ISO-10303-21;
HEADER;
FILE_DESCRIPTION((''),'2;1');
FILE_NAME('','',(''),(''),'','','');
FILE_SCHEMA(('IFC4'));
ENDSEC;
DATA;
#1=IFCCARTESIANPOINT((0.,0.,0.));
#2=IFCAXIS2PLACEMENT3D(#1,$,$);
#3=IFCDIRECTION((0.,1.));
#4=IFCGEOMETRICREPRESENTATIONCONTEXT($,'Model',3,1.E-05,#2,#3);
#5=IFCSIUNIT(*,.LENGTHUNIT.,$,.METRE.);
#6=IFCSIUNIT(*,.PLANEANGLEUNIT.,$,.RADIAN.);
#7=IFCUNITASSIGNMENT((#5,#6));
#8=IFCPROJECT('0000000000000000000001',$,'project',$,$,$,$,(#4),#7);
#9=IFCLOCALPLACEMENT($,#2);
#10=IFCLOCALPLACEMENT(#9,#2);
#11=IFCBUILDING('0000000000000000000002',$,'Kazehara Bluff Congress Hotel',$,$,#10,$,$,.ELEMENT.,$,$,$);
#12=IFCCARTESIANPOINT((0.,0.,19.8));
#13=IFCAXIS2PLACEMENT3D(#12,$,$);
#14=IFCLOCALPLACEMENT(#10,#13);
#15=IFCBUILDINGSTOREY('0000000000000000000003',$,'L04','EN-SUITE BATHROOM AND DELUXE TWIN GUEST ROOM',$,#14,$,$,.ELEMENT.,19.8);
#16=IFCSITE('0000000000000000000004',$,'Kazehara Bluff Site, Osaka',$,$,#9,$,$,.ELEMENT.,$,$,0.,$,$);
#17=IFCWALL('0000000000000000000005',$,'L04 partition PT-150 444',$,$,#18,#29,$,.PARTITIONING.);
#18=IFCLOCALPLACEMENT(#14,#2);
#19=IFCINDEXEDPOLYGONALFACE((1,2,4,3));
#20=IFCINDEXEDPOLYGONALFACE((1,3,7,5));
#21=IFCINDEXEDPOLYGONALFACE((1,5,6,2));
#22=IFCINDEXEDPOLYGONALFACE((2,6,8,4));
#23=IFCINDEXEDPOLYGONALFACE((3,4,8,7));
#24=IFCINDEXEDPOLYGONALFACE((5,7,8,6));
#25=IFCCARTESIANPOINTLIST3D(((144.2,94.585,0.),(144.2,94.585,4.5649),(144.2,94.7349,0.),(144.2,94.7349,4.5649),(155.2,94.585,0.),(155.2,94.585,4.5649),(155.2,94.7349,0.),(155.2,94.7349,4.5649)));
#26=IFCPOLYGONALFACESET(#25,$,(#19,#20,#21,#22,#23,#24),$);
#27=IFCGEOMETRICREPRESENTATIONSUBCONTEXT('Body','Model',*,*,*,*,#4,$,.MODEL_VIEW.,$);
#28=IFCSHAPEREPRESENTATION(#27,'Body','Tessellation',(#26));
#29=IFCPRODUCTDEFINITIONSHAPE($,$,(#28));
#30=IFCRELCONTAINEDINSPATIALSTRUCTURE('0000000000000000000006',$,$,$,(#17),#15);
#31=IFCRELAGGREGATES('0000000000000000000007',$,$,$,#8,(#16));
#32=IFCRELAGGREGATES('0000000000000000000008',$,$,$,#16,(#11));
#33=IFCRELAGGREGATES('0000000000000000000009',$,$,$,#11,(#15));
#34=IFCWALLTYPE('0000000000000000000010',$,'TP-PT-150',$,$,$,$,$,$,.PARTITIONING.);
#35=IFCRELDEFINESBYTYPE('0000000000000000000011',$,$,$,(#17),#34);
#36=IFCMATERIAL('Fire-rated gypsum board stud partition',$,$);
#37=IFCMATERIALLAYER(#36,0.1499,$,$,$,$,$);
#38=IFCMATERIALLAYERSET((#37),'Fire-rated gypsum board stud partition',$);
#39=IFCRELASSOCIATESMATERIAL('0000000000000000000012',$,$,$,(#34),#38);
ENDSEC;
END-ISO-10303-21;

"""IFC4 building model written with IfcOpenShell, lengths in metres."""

from ifc_helpers import new_model, si_unit, direction, frame, frame_2d, origin, place, context, subcontext, project, spatial, rectangle, extrude, material, layer, layer_set, type_object, element, save


model = new_model("IFC4")

# Units and contexts
model_context = context("Model", 3, precision=1e-05, world=origin(), true_north=direction((0.0, 1.0)))
body_context = subcontext(model_context, "Body", "Model", "MODEL_VIEW")
ifc_project = project(units=[si_unit("LENGTHUNIT", "METRE"), si_unit("PLANEANGLEUNIT", "RADIAN")], contexts=[model_context])

# Site, building, storey
site_placement = place(None, origin())
site = spatial("IfcSite", under=ifc_project, at=site_placement, Name="Kazehara Bluff Site, Osaka", CompositionType="ELEMENT", RefElevation=0.0)
building_placement = place(site_placement, origin())
building = spatial("IfcBuilding", under=site, at=building_placement, Name="Kazehara Bluff Congress Hotel", CompositionType="ELEMENT")
storey_placement = place(building_placement, frame((0.0, 0.0, 19.8)))
storey = spatial("IfcBuildingStorey", under=building, at=storey_placement, Name="L04", Description="EN-SUITE BATHROOM AND DELUXE TWIN GUEST ROOM", CompositionType="ELEMENT", Elevation=19.8)

# Wall
ifc_material_1 = material(Name="Fire-rated gypsum board stud partition")
ifc_layer_1 = layer(ifc_material_1, 0.1499)
ifc_layer_set_1 = layer_set([ifc_layer_1], Name="Fire-rated gypsum board stud partition")
wall_type_1 = type_object("IfcWallType", Name="TP-PT-150", PredefinedType="PARTITIONING", material=ifc_layer_set_1)
for number, where, z_axis, x_axis, name in (
    (1, (144.2, 94.6599, 0.0), (0.0, 0.0, 1.0), (1.0, 0.0, 0.0), "L04 partition PT-150 444"),
):
    element("IfcWall", number, at=place(storey_placement, frame(where, z_axis=z_axis, x_axis=x_axis)), inside=storey, type_object=wall_type_1, Name=name, PredefinedType="PARTITIONING", context=body_context, shape_type="SweptSolid", body=[
        extrude(rectangle(XDim=11.0, YDim=0.1499, at=frame_2d((5.5, 0.0))), origin(), (0.0, 0.0, 1.0), 4.5649),
    ])

save(model, "model.ifc")
